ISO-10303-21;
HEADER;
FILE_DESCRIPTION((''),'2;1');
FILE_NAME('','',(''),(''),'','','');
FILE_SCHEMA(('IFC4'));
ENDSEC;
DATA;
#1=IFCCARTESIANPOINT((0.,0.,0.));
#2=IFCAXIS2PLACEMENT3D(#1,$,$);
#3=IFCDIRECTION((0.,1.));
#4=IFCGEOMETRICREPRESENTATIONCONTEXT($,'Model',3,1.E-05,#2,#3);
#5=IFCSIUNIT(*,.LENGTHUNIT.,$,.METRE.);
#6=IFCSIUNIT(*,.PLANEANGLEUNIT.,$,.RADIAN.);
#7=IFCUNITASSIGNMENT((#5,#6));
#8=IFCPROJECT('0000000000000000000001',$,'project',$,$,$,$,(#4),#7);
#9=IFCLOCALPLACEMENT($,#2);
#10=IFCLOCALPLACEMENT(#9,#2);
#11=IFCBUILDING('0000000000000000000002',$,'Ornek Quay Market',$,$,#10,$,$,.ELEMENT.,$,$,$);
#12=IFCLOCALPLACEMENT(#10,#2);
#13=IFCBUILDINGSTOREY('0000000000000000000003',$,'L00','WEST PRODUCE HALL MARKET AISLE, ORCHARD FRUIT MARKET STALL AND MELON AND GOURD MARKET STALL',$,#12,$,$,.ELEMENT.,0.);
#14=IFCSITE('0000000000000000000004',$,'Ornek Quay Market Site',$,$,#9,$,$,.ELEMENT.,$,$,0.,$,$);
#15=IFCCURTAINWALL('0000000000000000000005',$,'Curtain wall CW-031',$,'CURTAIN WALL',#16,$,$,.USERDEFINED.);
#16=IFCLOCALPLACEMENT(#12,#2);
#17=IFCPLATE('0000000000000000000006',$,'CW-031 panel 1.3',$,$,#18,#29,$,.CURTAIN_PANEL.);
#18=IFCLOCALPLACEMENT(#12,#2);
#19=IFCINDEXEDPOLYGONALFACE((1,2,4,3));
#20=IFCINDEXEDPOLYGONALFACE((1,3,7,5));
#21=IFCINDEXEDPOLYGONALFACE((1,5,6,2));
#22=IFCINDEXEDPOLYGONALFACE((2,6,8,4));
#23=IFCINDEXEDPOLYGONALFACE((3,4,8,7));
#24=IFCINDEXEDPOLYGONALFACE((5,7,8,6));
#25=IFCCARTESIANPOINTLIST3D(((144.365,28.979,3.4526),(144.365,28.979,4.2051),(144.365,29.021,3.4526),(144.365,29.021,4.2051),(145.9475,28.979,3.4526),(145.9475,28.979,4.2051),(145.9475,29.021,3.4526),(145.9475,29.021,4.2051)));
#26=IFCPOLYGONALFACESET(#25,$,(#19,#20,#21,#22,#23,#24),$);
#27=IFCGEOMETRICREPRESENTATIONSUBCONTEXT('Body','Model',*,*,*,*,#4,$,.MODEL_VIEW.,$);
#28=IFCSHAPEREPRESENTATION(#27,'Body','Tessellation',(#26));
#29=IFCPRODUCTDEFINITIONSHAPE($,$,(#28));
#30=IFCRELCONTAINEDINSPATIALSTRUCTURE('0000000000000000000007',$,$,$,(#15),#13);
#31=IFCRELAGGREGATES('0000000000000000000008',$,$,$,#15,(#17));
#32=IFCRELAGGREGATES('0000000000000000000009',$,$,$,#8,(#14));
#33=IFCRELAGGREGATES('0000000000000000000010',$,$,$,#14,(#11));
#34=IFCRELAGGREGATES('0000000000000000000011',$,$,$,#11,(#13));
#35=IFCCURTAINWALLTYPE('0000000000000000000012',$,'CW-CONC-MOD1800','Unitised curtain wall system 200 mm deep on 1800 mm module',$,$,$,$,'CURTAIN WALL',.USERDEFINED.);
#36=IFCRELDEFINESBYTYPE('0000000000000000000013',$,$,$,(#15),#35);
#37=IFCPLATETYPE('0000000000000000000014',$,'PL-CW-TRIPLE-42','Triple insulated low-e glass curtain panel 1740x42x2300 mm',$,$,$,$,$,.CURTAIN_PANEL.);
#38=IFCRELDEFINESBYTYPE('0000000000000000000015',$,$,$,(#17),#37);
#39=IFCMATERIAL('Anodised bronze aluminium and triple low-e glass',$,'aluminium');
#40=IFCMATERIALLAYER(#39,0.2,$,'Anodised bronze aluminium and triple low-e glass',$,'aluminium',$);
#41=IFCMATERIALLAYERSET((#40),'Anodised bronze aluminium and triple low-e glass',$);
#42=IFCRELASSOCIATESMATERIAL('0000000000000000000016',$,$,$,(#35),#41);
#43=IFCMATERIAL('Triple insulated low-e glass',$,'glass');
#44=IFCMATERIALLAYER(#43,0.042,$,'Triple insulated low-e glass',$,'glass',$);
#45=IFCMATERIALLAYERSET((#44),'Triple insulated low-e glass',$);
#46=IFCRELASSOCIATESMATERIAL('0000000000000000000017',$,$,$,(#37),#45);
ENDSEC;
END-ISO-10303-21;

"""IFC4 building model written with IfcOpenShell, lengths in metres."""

from ifc_helpers import new_model, si_unit, direction, frame, origin, origin_2d, place, context, subcontext, project, spatial, rectangle, extrude, material, layer, layer_set, type_object, element, aggregate, save


model = new_model("IFC4")

# Units and contexts
model_context = context("Model", 3, precision=1e-05, world=origin(), true_north=direction((0.0, 1.0)))
body_context = subcontext(model_context, "Body", "Model", "MODEL_VIEW")
ifc_project = project(units=[si_unit("LENGTHUNIT", "METRE"), si_unit("PLANEANGLEUNIT", "RADIAN")], contexts=[model_context])

# Site, building, storey
site_placement = place(None, origin())
site = spatial("IfcSite", under=ifc_project, at=site_placement, Name="Ornek Quay Market Site", CompositionType="ELEMENT", RefElevation=0.0)
building_placement = place(site_placement, origin())
building = spatial("IfcBuilding", under=site, at=building_placement, Name="Ornek Quay Market", CompositionType="ELEMENT")
storey_placement = place(building_placement, origin())
storey = spatial("IfcBuildingStorey", under=building, at=storey_placement, Name="L00", Description="WEST PRODUCE HALL MARKET AISLE, ORCHARD FRUIT MARKET STALL AND MELON AND GOURD MARKET STALL", CompositionType="ELEMENT", Elevation=0.0)

# Curtain wall
ifc_material_1 = material(Name="Anodised bronze aluminium and triple low-e glass", Category="aluminium")
ifc_layer_1 = layer(ifc_material_1, 0.2, Name="Anodised bronze aluminium and triple low-e glass", Category="aluminium")
ifc_layer_set_1 = layer_set([ifc_layer_1], Name="Anodised bronze aluminium and triple low-e glass")
curtain_wall_type_1 = type_object("IfcCurtainWallType", Name="CW-CONC-MOD1800", Description="Unitised curtain wall system 200 mm deep on 1800 mm module", ElementType="CURTAIN WALL", PredefinedType="USERDEFINED", material=ifc_layer_set_1)
curtain_wall_1_placement = place(storey_placement, origin())
curtain_wall_1 = element("IfcCurtainWall", 1, at=curtain_wall_1_placement, inside=storey, type_object=curtain_wall_type_1, Name="Curtain wall CW-031", ObjectType="CURTAIN WALL", PredefinedType="USERDEFINED")

# Plate
ifc_material_2 = material(Name="Triple insulated low-e glass", Category="glass")
ifc_layer_2 = layer(ifc_material_2, 0.042, Name="Triple insulated low-e glass", Category="glass")
ifc_layer_set_2 = layer_set([ifc_layer_2], Name="Triple insulated low-e glass")
plate_type_1 = type_object("IfcPlateType", Name="PL-CW-TRIPLE-42", Description="Triple insulated low-e glass curtain panel 1740x42x2300 mm", PredefinedType="CURTAIN_PANEL", material=ifc_layer_set_2)
plate_1_placement = place(storey_placement, frame((145.1562, 29.0, 3.4526), z_axis=(0.0, 0.0, 1.0), x_axis=(1.0, 0.0, 0.0)))
plate_1 = element("IfcPlate", 2, at=plate_1_placement, type_object=plate_type_1, Name="CW-031 panel 1.3", PredefinedType="CURTAIN_PANEL", context=body_context, shape_type="SweptSolid", body=[
    extrude(rectangle(XDim=1.5825, YDim=0.042, at=origin_2d()), origin(), (0.0, 0.0, 1.0), 0.7524),
])
aggregate(curtain_wall_1, [plate_1])

save(model, "model.ifc")
